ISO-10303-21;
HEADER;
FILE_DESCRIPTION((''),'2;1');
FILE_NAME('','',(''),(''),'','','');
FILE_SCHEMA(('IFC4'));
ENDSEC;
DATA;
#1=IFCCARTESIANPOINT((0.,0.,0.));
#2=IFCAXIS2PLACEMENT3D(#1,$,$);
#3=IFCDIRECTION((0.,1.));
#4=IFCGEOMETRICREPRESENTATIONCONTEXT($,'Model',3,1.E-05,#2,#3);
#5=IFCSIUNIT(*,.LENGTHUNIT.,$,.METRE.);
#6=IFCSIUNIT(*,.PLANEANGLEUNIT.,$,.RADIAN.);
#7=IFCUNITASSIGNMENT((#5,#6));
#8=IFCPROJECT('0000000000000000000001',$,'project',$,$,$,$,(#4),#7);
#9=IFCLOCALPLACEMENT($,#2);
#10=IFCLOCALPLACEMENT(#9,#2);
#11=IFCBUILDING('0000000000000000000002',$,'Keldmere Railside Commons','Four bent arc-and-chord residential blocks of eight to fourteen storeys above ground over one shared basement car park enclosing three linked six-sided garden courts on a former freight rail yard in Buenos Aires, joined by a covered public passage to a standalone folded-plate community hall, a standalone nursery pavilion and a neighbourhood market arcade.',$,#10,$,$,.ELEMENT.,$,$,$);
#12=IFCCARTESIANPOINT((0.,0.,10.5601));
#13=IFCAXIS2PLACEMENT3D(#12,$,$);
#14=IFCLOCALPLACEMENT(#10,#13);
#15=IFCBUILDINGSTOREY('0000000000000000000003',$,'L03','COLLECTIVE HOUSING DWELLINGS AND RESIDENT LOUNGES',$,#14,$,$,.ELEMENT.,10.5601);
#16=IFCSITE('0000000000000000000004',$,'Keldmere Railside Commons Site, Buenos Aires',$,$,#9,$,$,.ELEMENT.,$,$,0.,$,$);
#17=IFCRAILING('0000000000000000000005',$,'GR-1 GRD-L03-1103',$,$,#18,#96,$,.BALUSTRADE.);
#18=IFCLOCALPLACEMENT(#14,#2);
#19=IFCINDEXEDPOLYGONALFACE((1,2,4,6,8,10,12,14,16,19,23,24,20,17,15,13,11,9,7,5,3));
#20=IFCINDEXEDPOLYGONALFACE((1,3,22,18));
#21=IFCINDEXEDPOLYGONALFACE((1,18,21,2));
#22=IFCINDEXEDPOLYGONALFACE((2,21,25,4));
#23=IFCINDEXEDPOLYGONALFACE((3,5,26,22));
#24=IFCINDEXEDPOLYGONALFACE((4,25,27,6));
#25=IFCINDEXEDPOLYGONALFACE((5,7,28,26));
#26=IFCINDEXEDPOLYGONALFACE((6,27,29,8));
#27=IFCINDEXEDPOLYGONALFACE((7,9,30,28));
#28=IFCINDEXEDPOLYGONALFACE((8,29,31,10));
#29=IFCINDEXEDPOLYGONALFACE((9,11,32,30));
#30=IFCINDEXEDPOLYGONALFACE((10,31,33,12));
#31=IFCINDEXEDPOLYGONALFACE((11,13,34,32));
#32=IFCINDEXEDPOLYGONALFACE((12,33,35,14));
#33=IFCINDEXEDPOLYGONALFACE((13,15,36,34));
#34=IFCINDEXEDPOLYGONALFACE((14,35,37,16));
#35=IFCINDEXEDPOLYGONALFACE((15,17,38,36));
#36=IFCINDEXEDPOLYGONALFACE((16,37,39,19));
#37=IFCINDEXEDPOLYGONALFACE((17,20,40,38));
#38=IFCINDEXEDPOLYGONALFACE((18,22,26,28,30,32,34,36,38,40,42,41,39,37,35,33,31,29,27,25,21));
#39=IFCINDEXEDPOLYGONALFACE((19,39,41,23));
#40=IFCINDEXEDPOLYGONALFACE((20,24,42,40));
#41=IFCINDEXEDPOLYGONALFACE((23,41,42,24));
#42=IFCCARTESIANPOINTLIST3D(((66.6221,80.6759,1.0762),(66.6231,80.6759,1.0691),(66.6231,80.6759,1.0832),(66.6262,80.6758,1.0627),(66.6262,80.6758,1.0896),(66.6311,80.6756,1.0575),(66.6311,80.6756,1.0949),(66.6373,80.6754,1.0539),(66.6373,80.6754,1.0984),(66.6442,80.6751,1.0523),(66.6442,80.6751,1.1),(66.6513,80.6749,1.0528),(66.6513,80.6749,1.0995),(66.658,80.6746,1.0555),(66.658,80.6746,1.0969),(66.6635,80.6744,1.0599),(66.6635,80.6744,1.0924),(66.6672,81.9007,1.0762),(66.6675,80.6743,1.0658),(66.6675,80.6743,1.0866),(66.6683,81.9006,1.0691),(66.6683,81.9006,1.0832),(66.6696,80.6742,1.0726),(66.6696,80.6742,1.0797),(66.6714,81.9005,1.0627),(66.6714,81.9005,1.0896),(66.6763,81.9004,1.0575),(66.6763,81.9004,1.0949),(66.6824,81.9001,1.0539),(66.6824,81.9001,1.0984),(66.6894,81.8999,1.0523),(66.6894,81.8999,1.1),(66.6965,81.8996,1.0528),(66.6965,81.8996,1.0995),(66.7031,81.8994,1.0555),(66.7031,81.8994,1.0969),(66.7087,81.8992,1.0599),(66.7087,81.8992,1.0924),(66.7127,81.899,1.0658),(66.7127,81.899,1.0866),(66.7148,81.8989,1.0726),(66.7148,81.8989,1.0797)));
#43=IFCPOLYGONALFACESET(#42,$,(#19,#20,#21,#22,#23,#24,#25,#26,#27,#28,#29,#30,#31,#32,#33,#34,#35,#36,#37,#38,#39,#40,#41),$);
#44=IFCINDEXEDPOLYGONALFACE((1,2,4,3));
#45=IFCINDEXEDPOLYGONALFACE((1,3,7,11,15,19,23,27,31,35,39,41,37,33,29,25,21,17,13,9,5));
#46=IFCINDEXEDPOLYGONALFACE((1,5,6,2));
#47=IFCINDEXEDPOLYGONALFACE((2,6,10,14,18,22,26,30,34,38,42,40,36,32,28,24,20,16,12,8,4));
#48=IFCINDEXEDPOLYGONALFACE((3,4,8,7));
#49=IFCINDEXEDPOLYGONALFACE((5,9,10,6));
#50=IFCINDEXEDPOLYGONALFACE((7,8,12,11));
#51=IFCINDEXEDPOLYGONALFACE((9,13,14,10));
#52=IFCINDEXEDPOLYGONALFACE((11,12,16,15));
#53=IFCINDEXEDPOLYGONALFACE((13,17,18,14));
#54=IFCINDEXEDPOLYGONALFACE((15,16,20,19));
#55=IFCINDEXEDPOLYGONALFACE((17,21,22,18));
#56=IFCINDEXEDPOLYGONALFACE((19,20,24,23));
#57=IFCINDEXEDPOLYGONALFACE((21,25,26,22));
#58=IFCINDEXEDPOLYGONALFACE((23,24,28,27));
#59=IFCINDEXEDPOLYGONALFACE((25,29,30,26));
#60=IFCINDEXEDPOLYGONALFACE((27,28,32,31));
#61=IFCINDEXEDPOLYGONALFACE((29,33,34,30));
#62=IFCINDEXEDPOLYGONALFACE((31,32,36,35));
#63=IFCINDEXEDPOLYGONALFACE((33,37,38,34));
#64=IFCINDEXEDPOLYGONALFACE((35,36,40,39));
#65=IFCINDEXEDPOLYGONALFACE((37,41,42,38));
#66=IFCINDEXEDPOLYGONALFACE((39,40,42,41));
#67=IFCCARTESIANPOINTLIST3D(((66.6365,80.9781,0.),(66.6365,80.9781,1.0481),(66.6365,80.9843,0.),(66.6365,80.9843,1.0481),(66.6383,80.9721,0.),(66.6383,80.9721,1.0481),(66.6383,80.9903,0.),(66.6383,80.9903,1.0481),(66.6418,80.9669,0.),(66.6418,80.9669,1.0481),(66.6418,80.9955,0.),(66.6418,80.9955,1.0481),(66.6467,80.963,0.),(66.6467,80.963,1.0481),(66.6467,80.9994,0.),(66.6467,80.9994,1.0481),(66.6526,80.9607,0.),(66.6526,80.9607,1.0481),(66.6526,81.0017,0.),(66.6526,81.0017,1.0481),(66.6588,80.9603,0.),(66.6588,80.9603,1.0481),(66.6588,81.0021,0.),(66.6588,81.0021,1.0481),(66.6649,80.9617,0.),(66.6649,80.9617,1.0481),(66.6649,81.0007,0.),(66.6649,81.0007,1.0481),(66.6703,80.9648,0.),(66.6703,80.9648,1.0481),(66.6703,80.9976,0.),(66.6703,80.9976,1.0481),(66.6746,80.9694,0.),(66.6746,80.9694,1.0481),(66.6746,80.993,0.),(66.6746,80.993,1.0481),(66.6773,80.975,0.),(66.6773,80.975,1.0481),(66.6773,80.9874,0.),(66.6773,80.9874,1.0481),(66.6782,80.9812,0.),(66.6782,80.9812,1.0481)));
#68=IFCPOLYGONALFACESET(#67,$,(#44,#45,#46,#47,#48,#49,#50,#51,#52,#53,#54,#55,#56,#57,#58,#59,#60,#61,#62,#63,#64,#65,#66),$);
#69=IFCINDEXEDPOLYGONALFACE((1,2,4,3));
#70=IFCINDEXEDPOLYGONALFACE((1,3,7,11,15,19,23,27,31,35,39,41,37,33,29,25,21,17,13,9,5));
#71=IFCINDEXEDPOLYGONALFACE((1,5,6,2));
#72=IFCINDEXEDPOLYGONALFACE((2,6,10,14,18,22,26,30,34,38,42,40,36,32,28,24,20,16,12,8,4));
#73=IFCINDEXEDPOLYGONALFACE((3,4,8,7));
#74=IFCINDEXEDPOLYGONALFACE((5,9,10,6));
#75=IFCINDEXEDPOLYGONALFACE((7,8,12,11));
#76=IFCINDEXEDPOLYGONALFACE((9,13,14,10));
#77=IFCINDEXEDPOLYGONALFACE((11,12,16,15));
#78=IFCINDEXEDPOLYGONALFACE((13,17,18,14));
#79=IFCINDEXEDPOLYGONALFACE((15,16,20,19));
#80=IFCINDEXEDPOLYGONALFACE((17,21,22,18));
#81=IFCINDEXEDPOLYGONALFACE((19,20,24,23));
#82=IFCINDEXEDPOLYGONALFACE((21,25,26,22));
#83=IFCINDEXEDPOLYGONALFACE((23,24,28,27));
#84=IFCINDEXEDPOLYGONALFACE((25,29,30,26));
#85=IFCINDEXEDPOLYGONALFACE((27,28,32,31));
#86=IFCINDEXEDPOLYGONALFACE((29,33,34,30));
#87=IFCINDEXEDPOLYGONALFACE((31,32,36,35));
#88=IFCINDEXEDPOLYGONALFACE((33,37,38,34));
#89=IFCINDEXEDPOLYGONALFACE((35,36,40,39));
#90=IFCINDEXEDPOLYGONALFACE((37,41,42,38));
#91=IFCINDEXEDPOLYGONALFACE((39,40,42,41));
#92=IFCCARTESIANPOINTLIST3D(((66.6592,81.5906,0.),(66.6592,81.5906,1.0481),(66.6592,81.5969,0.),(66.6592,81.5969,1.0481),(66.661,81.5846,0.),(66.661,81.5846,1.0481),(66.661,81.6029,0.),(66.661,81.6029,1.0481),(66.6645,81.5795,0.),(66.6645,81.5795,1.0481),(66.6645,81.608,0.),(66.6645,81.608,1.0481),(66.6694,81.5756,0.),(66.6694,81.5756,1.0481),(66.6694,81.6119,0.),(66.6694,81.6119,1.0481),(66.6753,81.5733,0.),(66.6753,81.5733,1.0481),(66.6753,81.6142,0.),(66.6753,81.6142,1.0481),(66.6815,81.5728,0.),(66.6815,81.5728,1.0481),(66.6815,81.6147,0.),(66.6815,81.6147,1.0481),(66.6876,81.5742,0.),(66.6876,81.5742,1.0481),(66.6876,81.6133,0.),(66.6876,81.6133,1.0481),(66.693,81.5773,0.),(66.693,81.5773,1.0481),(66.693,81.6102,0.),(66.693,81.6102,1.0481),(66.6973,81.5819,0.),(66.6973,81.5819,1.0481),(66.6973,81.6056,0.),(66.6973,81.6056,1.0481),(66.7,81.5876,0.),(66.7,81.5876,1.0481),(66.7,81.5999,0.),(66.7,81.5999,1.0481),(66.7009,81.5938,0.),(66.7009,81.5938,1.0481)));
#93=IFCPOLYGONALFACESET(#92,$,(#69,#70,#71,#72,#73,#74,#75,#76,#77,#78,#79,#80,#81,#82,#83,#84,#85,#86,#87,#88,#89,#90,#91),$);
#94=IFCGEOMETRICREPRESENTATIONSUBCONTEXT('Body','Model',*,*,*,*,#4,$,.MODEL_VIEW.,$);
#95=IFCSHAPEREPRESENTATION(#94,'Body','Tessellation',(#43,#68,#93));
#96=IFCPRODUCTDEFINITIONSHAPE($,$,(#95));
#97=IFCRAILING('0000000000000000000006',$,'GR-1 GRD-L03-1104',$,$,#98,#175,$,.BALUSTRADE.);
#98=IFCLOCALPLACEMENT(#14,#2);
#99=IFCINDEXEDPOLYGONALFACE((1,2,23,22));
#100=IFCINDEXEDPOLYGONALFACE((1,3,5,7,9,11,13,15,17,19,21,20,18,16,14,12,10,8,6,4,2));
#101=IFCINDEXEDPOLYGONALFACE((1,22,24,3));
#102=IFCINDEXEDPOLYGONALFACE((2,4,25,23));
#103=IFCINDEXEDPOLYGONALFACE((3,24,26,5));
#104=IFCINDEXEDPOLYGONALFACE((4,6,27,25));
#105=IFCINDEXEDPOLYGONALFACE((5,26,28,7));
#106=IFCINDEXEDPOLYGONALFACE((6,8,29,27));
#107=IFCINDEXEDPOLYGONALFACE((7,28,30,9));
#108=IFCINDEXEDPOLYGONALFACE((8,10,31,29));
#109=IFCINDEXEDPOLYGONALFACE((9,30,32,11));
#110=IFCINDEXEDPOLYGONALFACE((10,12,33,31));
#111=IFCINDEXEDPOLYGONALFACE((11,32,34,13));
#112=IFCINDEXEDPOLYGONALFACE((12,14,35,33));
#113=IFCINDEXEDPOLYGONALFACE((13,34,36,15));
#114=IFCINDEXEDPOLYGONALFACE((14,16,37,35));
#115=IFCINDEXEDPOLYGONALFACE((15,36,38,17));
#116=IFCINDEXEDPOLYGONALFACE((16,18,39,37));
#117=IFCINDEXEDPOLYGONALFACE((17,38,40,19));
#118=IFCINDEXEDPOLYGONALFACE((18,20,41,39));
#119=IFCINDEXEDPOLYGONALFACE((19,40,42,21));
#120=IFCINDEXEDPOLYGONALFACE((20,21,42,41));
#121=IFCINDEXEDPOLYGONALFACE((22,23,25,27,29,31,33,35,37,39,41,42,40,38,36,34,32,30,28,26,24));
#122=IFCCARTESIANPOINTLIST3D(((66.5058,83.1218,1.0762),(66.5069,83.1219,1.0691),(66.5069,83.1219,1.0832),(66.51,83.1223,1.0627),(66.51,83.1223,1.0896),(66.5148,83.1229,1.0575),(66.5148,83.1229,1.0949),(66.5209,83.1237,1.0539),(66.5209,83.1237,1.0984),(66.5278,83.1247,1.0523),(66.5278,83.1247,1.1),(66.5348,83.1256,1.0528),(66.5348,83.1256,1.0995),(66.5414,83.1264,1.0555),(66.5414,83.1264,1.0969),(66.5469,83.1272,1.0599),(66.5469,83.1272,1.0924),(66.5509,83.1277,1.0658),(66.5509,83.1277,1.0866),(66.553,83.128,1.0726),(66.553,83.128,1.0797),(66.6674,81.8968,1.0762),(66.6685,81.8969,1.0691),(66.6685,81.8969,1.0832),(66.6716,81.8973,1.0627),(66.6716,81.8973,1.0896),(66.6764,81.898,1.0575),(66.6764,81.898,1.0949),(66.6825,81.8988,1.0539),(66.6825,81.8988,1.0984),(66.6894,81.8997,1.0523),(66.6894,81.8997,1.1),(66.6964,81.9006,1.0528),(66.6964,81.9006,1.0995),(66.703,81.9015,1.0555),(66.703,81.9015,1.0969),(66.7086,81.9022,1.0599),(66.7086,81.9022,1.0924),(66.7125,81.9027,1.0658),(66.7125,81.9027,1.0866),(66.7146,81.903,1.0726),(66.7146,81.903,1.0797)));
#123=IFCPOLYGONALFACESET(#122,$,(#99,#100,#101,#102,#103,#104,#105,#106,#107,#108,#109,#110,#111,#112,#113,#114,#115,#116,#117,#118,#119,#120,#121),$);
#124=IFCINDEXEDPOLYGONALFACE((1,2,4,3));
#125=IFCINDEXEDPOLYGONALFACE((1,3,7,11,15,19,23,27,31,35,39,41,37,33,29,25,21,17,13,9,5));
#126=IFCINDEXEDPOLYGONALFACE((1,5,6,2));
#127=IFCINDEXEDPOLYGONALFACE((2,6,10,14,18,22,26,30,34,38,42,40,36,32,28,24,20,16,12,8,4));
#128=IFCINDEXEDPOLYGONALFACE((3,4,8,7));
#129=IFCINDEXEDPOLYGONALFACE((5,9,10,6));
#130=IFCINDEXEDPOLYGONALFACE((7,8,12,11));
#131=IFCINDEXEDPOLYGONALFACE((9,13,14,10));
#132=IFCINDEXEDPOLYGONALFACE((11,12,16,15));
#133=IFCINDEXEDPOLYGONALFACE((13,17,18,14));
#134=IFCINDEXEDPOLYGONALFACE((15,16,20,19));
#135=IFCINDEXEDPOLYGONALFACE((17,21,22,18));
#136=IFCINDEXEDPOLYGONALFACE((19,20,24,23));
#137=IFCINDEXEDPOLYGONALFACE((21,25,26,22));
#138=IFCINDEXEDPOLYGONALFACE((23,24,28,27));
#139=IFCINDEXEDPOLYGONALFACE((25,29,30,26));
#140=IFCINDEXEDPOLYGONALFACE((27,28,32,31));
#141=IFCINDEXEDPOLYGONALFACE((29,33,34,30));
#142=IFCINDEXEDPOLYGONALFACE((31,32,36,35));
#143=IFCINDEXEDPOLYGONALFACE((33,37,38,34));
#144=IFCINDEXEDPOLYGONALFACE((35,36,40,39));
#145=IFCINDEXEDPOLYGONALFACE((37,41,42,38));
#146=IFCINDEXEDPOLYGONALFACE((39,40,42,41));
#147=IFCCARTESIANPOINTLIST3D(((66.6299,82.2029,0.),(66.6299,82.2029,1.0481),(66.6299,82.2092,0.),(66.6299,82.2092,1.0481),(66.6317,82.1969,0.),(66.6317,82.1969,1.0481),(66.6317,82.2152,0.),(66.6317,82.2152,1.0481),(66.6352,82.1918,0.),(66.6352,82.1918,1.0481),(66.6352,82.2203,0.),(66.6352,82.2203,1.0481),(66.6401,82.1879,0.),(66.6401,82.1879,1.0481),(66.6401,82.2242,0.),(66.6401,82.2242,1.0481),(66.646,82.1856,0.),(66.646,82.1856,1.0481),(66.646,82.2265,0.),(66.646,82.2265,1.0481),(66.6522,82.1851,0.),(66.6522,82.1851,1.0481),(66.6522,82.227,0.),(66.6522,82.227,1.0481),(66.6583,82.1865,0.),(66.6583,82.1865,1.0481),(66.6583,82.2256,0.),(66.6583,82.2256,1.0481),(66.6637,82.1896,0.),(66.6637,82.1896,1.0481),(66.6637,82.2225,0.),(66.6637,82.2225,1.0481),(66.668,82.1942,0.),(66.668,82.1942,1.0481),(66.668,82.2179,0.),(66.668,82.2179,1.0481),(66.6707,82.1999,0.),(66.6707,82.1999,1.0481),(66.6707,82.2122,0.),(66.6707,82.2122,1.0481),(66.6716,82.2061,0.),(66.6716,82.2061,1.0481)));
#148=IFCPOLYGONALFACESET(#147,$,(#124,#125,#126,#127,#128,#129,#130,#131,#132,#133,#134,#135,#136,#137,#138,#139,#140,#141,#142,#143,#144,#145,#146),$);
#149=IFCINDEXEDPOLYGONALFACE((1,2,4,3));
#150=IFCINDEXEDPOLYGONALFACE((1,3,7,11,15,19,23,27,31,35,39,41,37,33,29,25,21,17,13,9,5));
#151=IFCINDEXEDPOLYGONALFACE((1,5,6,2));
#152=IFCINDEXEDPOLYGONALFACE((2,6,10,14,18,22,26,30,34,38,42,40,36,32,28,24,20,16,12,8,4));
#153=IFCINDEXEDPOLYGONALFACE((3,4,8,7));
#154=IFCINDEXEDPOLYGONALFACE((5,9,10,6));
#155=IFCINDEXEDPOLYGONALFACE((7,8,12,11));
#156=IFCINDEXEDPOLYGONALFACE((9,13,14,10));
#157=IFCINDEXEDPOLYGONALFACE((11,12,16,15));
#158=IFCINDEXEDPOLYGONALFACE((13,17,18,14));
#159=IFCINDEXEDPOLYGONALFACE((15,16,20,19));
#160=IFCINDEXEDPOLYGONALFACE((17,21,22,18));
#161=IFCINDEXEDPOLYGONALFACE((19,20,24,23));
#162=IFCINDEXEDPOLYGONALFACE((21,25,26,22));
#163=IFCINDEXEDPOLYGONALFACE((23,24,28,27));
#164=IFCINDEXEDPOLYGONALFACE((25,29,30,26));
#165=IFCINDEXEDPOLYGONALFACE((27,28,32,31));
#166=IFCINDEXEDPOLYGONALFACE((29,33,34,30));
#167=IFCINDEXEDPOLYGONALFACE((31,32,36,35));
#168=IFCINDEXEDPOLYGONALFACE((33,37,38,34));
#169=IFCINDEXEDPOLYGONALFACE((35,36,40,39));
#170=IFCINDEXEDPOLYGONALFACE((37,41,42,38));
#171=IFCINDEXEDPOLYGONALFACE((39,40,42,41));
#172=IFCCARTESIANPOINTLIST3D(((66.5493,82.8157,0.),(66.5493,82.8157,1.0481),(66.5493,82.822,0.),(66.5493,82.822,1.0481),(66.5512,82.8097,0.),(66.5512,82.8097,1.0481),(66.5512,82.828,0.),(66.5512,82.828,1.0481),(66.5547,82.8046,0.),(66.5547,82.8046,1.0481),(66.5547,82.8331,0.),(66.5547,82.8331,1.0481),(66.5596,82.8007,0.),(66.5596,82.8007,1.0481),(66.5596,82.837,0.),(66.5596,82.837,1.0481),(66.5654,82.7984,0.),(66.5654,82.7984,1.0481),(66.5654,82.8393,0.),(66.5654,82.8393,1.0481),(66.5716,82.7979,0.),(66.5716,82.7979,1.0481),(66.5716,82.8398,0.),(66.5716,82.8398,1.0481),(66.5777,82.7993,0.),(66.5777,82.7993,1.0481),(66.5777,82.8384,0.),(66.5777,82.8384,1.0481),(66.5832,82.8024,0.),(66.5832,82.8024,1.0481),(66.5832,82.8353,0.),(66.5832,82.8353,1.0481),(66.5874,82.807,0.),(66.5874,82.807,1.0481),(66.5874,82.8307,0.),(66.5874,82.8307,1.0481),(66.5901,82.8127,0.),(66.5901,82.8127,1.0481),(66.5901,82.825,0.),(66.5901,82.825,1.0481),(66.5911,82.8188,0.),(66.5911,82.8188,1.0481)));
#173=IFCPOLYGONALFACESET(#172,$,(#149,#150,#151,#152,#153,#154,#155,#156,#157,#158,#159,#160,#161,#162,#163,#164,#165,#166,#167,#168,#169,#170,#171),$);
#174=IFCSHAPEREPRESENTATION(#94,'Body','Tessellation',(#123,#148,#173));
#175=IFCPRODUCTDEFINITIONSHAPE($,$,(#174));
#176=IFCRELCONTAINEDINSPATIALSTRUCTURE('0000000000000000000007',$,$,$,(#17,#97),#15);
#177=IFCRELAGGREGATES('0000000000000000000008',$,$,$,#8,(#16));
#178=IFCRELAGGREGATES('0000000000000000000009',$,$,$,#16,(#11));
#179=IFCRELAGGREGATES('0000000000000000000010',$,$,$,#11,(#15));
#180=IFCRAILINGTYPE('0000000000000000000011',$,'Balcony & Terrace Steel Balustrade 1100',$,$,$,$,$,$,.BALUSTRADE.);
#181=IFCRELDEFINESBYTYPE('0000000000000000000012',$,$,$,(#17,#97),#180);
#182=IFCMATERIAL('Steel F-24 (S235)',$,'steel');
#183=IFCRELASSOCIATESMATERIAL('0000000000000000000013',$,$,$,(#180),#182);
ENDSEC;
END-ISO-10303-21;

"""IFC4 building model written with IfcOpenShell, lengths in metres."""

from ifc_helpers import new_model, si_unit, direction, frame, origin, origin_2d, place, context, subcontext, project, spatial, circle, extrude, material, type_object, element, save


model = new_model("IFC4")

# Units and contexts
model_context = context("Model", 3, precision=1e-05, world=origin(), true_north=direction((0.0, 1.0)))
body_context = subcontext(model_context, "Body", "Model", "MODEL_VIEW")
ifc_project = project(units=[si_unit("LENGTHUNIT", "METRE"), si_unit("PLANEANGLEUNIT", "RADIAN")], contexts=[model_context])

# Site, building, storey
site_placement = place(None, origin())
site = spatial("IfcSite", under=ifc_project, at=site_placement, Name="Keldmere Railside Commons Site, Buenos Aires", CompositionType="ELEMENT", RefElevation=0.0)
building_placement = place(site_placement, origin())
building = spatial("IfcBuilding", under=site, at=building_placement, Name="Keldmere Railside Commons", Description="Four bent arc-and-chord residential blocks of eight to fourteen storeys above ground over one shared basement car park enclosing three linked six-sided garden courts on a former freight rail yard in Buenos Aires, joined by a covered public passage to a standalone folded-plate community hall, a standalone nursery pavilion and a neighbourhood market arcade.", CompositionType="ELEMENT")
storey_placement = place(building_placement, frame((0.0, 0.0, 10.5601)))
storey = spatial("IfcBuildingStorey", under=building, at=storey_placement, Name="L03", Description="COLLECTIVE HOUSING DWELLINGS AND RESIDENT LOUNGES", CompositionType="ELEMENT", Elevation=10.5601)

# Railings
ifc_material_1 = material(Name="Steel F-24 (S235)", Category="steel")
railing_type = type_object("IfcRailingType", Name="Balcony & Terrace Steel Balustrade 1100", PredefinedType="BALUSTRADE", material=ifc_material_1)
railing_1_placement = place(storey_placement, frame((66.646, 80.675, 0.0)))
element("IfcRailing", 1, at=railing_1_placement, inside=storey, type_object=railing_type, Name="GR-1 GRD-L03-1103", PredefinedType="BALUSTRADE", context=body_context, shape_type="SweptSolid", body=[
    extrude(circle(Radius=0.0239, at=origin_2d()), frame((0.0, 0.0, 1.0762), z_axis=(0.03685, 0.999321, 0.0), x_axis=(-0.999321, 0.03685, 0.0)), (0.0, 0.0, 1.0), 1.2256),
    extrude(circle(Radius=0.021, at=origin_2d()), frame((0.0112, 0.3062, 0.0)), (0.0, 0.0, 1.0), 1.0481),
    extrude(circle(Radius=0.021, at=origin_2d()), frame((0.0339, 0.9187, 0.0)), (0.0, 0.0, 1.0), 1.0481),
])
railing_2_placement = place(storey_placement, frame((66.6912, 81.8999, 0.0)))
element("IfcRailing", 2, at=railing_2_placement, inside=storey, type_object=railing_type, Name="GR-1 GRD-L03-1104", PredefinedType="BALUSTRADE", context=body_context, shape_type="SweptSolid", body=[
    extrude(circle(Radius=0.0239, at=origin_2d()), frame((0.0, 0.0, 1.0762), z_axis=(-0.130792, 0.99141, 0.0), x_axis=(-0.99141, -0.130792, 0.0)), (0.0, 0.0, 1.0), 1.2356),
    extrude(circle(Radius=0.021, at=origin_2d()), frame((-0.0405, 0.3062, 0.0)), (0.0, 0.0, 1.0), 1.0481),
    extrude(circle(Radius=0.021, at=origin_2d()), frame((-0.1211, 0.9189, 0.0)), (0.0, 0.0, 1.0), 1.0481),
])

save(model, "model.ifc")
